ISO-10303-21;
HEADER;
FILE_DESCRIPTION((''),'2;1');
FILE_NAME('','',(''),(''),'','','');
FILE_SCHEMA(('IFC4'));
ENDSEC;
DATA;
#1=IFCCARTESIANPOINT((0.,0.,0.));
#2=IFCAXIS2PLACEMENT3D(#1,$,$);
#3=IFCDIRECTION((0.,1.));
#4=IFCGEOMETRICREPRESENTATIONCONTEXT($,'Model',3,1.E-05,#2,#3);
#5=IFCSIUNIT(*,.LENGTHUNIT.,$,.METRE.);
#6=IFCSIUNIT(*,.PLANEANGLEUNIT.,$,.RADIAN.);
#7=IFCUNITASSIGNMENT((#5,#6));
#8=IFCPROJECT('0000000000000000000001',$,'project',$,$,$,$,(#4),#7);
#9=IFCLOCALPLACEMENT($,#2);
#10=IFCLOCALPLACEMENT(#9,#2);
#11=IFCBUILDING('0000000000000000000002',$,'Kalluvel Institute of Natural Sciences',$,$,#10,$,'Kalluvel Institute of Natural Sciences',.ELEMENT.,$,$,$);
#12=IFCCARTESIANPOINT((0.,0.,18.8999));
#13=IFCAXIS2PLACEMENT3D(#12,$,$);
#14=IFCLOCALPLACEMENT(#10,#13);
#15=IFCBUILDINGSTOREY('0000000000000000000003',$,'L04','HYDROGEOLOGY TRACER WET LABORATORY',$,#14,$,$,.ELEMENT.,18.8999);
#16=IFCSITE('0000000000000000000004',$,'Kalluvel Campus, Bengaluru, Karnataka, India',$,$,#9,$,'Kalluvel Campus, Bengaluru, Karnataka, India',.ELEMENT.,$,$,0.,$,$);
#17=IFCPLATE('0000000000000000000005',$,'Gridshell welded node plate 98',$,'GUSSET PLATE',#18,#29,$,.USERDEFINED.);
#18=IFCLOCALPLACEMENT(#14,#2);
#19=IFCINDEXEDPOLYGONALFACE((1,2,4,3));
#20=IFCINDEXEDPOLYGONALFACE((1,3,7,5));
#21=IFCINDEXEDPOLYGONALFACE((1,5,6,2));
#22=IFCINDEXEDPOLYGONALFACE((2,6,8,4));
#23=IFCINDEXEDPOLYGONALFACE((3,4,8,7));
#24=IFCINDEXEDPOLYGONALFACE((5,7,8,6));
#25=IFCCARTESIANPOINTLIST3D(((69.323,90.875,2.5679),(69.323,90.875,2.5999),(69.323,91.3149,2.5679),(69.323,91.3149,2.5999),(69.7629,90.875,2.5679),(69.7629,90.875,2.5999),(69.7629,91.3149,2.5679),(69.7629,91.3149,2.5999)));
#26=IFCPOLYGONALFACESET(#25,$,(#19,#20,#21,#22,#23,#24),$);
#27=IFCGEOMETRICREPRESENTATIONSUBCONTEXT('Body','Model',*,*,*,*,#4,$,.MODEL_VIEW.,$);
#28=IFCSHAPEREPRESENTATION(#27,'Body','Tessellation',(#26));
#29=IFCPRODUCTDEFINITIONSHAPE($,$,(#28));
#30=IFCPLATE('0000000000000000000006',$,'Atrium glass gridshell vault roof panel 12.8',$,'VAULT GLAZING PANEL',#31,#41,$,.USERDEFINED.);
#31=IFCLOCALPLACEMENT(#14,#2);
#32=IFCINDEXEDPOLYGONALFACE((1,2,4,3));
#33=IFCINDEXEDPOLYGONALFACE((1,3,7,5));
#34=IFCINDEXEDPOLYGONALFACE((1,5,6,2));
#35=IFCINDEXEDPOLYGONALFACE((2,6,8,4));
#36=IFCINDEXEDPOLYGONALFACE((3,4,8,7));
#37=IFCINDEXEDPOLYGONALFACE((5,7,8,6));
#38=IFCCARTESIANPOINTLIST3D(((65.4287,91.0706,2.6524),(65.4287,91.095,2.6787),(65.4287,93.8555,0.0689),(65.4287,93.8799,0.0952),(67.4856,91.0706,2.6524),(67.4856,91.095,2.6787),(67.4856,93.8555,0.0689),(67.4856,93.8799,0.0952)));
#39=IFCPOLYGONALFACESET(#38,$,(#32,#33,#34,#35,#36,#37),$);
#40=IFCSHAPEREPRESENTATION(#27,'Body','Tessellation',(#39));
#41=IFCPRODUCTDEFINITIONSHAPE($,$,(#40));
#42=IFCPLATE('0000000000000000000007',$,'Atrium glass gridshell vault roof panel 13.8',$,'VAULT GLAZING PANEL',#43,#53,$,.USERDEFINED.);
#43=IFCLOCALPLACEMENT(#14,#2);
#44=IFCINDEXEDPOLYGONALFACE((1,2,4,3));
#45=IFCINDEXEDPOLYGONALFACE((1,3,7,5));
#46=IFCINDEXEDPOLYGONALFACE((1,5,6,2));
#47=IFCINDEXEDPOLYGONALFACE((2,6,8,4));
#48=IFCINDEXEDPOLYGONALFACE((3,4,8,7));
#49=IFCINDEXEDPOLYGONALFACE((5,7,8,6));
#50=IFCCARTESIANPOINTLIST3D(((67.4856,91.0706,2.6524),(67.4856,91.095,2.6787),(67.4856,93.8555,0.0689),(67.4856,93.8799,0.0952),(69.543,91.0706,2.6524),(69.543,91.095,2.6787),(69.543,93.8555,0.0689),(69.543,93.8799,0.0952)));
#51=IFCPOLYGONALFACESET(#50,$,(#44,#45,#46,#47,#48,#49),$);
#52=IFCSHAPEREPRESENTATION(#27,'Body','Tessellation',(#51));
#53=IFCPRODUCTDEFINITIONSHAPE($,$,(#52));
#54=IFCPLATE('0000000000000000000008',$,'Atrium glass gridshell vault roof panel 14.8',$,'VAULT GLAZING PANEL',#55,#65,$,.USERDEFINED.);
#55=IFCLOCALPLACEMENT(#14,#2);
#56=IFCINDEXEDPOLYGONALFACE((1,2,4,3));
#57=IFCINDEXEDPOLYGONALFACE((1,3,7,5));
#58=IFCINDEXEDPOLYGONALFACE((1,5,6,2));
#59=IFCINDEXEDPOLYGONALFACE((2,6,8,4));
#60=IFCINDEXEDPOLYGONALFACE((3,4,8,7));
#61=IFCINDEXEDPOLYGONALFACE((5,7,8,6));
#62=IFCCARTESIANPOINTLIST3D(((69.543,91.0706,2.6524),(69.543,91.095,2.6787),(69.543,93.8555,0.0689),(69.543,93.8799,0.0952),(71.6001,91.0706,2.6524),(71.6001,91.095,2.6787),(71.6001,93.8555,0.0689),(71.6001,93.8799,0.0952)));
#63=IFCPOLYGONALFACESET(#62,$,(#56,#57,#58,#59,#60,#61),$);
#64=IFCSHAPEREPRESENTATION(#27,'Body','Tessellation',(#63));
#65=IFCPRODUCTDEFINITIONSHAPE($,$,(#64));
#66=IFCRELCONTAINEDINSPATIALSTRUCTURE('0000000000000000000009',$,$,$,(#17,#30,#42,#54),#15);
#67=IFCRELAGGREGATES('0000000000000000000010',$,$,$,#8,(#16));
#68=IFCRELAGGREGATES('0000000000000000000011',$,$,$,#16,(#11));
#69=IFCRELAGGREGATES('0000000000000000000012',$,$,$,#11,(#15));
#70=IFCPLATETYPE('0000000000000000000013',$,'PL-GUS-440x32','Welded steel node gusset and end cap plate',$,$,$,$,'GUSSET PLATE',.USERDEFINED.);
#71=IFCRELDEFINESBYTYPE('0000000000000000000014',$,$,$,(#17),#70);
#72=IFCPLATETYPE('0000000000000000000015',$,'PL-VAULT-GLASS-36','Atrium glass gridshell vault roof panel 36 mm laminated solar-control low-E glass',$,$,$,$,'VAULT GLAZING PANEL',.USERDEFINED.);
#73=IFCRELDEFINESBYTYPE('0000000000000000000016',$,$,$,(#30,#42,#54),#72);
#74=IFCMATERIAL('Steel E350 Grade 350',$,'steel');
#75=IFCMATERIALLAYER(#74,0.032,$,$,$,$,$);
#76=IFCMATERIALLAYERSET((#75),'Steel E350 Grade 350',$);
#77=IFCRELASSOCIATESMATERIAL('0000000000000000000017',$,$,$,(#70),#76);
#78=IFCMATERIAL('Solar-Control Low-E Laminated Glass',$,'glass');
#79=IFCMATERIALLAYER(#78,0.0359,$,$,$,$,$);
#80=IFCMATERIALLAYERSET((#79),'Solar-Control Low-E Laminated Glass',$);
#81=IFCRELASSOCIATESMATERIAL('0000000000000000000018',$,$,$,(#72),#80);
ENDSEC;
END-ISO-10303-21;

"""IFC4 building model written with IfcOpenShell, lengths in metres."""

from ifc_helpers import new_model, si_unit, direction, frame, origin, origin_2d, place, context, subcontext, project, spatial, polyline, rectangle, outline, extrude, material, layer, layer_set, type_object, element, save


model = new_model("IFC4")

# Units and contexts
model_context = context("Model", 3, precision=1e-05, world=origin(), true_north=direction((0.0, 1.0)))
body_context = subcontext(model_context, "Body", "Model", "MODEL_VIEW")
ifc_project = project(units=[si_unit("LENGTHUNIT", "METRE"), si_unit("PLANEANGLEUNIT", "RADIAN")], contexts=[model_context])

# Site, building, storey
site_placement = place(None, origin())
site = spatial("IfcSite", under=ifc_project, at=site_placement, Name="Kalluvel Campus, Bengaluru, Karnataka, India", LongName="Kalluvel Campus, Bengaluru, Karnataka, India", CompositionType="ELEMENT", RefElevation=0.0)
building_placement = place(site_placement, origin())
building = spatial("IfcBuilding", under=site, at=building_placement, Name="Kalluvel Institute of Natural Sciences", LongName="Kalluvel Institute of Natural Sciences", CompositionType="ELEMENT")
storey_placement = place(building_placement, frame((0.0, 0.0, 18.8999)))
storey = spatial("IfcBuildingStorey", under=building, at=storey_placement, Name="L04", Description="HYDROGEOLOGY TRACER WET LABORATORY", CompositionType="ELEMENT", Elevation=18.8999)

# Shared definitions
ifc_material_1 = material(Name="Steel E350 Grade 350", Category="steel")

# Plates
ifc_layer_1 = layer(ifc_material_1, 0.032)
ifc_layer_set_1 = layer_set([ifc_layer_1], Name="Steel E350 Grade 350")
plate_type_1 = type_object("IfcPlateType", Name="PL-GUS-440x32", Description="Welded steel node gusset and end cap plate", ElementType="GUSSET PLATE", PredefinedType="USERDEFINED", material=ifc_layer_set_1)
plate_1_placement = place(storey_placement, frame((69.543, 91.095, 2.5679), z_axis=(0.0, 0.0, 1.0), x_axis=(1.0, 0.0, 0.0)))
element("IfcPlate", 1, at=plate_1_placement, inside=storey, type_object=plate_type_1, Name="Gridshell welded node plate 98", ObjectType="GUSSET PLATE", PredefinedType="USERDEFINED", context=body_context, shape_type="SweptSolid", body=[
    extrude(rectangle(XDim=0.4399, YDim=0.4399, at=origin_2d()), origin(), (0.0, 0.0, 1.0), 0.032),
])
ifc_material_2 = material(Name="Solar-Control Low-E Laminated Glass", Category="glass")
ifc_layer_2 = layer(ifc_material_2, 0.0359)
ifc_layer_set_2 = layer_set([ifc_layer_2], Name="Solar-Control Low-E Laminated Glass")
plate_type_2 = type_object("IfcPlateType", Name="PL-VAULT-GLASS-36", Description="Atrium glass gridshell vault roof panel 36 mm laminated solar-control low-E glass", ElementType="VAULT GLAZING PANEL", PredefinedType="USERDEFINED", material=ifc_layer_set_2)
plate_2_placement = place(storey_placement, frame((65.4287, 91.095, 2.6787), z_axis=(0.0, 0.680099, 0.733121), x_axis=(1.0, 0.0, 0.0)))
element("IfcPlate", 2, at=plate_2_placement, inside=storey, type_object=plate_type_2, Name="Atrium glass gridshell vault roof panel 12.8", ObjectType="VAULT GLAZING PANEL", PredefinedType="USERDEFINED", context=body_context, shape_type="SweptSolid", body=[
    extrude(outline(polyline([(0.0, 0.0), (2.0569, 0.0), (2.0569, 3.7987), (0.0, 3.7987), (0.0, 0.0)])), origin(), (0.0, 0.0, -1.0), 0.0359),
])
plate_3_placement = place(storey_placement, frame((67.4856, 91.095, 2.6787), z_axis=(0.0, 0.680099, 0.733121), x_axis=(1.0, 0.0, 0.0)))
element("IfcPlate", 3, at=plate_3_placement, inside=storey, type_object=plate_type_2, Name="Atrium glass gridshell vault roof panel 13.8", ObjectType="VAULT GLAZING PANEL", PredefinedType="USERDEFINED", context=body_context, shape_type="SweptSolid", body=[
    extrude(outline(polyline([(0.0, 0.0), (2.0574, 0.0), (2.0574, 3.7987), (0.0, 3.7987), (0.0, 0.0)])), origin(), (0.0, 0.0, -1.0), 0.0359),
])
plate_4_placement = place(storey_placement, frame((69.543, 91.095, 2.6787), z_axis=(0.0, 0.680099, 0.733121), x_axis=(1.0, 0.0, 0.0)))
element("IfcPlate", 4, at=plate_4_placement, inside=storey, type_object=plate_type_2, Name="Atrium glass gridshell vault roof panel 14.8", ObjectType="VAULT GLAZING PANEL", PredefinedType="USERDEFINED", context=body_context, shape_type="SweptSolid", body=[
    extrude(outline(polyline([(0.0, 0.0), (2.0571, 0.0), (2.0571, 3.7987), (0.0, 3.7987), (0.0, 0.0)])), origin(), (0.0, 0.0, -1.0), 0.0359),
])

save(model, "model.ifc")
